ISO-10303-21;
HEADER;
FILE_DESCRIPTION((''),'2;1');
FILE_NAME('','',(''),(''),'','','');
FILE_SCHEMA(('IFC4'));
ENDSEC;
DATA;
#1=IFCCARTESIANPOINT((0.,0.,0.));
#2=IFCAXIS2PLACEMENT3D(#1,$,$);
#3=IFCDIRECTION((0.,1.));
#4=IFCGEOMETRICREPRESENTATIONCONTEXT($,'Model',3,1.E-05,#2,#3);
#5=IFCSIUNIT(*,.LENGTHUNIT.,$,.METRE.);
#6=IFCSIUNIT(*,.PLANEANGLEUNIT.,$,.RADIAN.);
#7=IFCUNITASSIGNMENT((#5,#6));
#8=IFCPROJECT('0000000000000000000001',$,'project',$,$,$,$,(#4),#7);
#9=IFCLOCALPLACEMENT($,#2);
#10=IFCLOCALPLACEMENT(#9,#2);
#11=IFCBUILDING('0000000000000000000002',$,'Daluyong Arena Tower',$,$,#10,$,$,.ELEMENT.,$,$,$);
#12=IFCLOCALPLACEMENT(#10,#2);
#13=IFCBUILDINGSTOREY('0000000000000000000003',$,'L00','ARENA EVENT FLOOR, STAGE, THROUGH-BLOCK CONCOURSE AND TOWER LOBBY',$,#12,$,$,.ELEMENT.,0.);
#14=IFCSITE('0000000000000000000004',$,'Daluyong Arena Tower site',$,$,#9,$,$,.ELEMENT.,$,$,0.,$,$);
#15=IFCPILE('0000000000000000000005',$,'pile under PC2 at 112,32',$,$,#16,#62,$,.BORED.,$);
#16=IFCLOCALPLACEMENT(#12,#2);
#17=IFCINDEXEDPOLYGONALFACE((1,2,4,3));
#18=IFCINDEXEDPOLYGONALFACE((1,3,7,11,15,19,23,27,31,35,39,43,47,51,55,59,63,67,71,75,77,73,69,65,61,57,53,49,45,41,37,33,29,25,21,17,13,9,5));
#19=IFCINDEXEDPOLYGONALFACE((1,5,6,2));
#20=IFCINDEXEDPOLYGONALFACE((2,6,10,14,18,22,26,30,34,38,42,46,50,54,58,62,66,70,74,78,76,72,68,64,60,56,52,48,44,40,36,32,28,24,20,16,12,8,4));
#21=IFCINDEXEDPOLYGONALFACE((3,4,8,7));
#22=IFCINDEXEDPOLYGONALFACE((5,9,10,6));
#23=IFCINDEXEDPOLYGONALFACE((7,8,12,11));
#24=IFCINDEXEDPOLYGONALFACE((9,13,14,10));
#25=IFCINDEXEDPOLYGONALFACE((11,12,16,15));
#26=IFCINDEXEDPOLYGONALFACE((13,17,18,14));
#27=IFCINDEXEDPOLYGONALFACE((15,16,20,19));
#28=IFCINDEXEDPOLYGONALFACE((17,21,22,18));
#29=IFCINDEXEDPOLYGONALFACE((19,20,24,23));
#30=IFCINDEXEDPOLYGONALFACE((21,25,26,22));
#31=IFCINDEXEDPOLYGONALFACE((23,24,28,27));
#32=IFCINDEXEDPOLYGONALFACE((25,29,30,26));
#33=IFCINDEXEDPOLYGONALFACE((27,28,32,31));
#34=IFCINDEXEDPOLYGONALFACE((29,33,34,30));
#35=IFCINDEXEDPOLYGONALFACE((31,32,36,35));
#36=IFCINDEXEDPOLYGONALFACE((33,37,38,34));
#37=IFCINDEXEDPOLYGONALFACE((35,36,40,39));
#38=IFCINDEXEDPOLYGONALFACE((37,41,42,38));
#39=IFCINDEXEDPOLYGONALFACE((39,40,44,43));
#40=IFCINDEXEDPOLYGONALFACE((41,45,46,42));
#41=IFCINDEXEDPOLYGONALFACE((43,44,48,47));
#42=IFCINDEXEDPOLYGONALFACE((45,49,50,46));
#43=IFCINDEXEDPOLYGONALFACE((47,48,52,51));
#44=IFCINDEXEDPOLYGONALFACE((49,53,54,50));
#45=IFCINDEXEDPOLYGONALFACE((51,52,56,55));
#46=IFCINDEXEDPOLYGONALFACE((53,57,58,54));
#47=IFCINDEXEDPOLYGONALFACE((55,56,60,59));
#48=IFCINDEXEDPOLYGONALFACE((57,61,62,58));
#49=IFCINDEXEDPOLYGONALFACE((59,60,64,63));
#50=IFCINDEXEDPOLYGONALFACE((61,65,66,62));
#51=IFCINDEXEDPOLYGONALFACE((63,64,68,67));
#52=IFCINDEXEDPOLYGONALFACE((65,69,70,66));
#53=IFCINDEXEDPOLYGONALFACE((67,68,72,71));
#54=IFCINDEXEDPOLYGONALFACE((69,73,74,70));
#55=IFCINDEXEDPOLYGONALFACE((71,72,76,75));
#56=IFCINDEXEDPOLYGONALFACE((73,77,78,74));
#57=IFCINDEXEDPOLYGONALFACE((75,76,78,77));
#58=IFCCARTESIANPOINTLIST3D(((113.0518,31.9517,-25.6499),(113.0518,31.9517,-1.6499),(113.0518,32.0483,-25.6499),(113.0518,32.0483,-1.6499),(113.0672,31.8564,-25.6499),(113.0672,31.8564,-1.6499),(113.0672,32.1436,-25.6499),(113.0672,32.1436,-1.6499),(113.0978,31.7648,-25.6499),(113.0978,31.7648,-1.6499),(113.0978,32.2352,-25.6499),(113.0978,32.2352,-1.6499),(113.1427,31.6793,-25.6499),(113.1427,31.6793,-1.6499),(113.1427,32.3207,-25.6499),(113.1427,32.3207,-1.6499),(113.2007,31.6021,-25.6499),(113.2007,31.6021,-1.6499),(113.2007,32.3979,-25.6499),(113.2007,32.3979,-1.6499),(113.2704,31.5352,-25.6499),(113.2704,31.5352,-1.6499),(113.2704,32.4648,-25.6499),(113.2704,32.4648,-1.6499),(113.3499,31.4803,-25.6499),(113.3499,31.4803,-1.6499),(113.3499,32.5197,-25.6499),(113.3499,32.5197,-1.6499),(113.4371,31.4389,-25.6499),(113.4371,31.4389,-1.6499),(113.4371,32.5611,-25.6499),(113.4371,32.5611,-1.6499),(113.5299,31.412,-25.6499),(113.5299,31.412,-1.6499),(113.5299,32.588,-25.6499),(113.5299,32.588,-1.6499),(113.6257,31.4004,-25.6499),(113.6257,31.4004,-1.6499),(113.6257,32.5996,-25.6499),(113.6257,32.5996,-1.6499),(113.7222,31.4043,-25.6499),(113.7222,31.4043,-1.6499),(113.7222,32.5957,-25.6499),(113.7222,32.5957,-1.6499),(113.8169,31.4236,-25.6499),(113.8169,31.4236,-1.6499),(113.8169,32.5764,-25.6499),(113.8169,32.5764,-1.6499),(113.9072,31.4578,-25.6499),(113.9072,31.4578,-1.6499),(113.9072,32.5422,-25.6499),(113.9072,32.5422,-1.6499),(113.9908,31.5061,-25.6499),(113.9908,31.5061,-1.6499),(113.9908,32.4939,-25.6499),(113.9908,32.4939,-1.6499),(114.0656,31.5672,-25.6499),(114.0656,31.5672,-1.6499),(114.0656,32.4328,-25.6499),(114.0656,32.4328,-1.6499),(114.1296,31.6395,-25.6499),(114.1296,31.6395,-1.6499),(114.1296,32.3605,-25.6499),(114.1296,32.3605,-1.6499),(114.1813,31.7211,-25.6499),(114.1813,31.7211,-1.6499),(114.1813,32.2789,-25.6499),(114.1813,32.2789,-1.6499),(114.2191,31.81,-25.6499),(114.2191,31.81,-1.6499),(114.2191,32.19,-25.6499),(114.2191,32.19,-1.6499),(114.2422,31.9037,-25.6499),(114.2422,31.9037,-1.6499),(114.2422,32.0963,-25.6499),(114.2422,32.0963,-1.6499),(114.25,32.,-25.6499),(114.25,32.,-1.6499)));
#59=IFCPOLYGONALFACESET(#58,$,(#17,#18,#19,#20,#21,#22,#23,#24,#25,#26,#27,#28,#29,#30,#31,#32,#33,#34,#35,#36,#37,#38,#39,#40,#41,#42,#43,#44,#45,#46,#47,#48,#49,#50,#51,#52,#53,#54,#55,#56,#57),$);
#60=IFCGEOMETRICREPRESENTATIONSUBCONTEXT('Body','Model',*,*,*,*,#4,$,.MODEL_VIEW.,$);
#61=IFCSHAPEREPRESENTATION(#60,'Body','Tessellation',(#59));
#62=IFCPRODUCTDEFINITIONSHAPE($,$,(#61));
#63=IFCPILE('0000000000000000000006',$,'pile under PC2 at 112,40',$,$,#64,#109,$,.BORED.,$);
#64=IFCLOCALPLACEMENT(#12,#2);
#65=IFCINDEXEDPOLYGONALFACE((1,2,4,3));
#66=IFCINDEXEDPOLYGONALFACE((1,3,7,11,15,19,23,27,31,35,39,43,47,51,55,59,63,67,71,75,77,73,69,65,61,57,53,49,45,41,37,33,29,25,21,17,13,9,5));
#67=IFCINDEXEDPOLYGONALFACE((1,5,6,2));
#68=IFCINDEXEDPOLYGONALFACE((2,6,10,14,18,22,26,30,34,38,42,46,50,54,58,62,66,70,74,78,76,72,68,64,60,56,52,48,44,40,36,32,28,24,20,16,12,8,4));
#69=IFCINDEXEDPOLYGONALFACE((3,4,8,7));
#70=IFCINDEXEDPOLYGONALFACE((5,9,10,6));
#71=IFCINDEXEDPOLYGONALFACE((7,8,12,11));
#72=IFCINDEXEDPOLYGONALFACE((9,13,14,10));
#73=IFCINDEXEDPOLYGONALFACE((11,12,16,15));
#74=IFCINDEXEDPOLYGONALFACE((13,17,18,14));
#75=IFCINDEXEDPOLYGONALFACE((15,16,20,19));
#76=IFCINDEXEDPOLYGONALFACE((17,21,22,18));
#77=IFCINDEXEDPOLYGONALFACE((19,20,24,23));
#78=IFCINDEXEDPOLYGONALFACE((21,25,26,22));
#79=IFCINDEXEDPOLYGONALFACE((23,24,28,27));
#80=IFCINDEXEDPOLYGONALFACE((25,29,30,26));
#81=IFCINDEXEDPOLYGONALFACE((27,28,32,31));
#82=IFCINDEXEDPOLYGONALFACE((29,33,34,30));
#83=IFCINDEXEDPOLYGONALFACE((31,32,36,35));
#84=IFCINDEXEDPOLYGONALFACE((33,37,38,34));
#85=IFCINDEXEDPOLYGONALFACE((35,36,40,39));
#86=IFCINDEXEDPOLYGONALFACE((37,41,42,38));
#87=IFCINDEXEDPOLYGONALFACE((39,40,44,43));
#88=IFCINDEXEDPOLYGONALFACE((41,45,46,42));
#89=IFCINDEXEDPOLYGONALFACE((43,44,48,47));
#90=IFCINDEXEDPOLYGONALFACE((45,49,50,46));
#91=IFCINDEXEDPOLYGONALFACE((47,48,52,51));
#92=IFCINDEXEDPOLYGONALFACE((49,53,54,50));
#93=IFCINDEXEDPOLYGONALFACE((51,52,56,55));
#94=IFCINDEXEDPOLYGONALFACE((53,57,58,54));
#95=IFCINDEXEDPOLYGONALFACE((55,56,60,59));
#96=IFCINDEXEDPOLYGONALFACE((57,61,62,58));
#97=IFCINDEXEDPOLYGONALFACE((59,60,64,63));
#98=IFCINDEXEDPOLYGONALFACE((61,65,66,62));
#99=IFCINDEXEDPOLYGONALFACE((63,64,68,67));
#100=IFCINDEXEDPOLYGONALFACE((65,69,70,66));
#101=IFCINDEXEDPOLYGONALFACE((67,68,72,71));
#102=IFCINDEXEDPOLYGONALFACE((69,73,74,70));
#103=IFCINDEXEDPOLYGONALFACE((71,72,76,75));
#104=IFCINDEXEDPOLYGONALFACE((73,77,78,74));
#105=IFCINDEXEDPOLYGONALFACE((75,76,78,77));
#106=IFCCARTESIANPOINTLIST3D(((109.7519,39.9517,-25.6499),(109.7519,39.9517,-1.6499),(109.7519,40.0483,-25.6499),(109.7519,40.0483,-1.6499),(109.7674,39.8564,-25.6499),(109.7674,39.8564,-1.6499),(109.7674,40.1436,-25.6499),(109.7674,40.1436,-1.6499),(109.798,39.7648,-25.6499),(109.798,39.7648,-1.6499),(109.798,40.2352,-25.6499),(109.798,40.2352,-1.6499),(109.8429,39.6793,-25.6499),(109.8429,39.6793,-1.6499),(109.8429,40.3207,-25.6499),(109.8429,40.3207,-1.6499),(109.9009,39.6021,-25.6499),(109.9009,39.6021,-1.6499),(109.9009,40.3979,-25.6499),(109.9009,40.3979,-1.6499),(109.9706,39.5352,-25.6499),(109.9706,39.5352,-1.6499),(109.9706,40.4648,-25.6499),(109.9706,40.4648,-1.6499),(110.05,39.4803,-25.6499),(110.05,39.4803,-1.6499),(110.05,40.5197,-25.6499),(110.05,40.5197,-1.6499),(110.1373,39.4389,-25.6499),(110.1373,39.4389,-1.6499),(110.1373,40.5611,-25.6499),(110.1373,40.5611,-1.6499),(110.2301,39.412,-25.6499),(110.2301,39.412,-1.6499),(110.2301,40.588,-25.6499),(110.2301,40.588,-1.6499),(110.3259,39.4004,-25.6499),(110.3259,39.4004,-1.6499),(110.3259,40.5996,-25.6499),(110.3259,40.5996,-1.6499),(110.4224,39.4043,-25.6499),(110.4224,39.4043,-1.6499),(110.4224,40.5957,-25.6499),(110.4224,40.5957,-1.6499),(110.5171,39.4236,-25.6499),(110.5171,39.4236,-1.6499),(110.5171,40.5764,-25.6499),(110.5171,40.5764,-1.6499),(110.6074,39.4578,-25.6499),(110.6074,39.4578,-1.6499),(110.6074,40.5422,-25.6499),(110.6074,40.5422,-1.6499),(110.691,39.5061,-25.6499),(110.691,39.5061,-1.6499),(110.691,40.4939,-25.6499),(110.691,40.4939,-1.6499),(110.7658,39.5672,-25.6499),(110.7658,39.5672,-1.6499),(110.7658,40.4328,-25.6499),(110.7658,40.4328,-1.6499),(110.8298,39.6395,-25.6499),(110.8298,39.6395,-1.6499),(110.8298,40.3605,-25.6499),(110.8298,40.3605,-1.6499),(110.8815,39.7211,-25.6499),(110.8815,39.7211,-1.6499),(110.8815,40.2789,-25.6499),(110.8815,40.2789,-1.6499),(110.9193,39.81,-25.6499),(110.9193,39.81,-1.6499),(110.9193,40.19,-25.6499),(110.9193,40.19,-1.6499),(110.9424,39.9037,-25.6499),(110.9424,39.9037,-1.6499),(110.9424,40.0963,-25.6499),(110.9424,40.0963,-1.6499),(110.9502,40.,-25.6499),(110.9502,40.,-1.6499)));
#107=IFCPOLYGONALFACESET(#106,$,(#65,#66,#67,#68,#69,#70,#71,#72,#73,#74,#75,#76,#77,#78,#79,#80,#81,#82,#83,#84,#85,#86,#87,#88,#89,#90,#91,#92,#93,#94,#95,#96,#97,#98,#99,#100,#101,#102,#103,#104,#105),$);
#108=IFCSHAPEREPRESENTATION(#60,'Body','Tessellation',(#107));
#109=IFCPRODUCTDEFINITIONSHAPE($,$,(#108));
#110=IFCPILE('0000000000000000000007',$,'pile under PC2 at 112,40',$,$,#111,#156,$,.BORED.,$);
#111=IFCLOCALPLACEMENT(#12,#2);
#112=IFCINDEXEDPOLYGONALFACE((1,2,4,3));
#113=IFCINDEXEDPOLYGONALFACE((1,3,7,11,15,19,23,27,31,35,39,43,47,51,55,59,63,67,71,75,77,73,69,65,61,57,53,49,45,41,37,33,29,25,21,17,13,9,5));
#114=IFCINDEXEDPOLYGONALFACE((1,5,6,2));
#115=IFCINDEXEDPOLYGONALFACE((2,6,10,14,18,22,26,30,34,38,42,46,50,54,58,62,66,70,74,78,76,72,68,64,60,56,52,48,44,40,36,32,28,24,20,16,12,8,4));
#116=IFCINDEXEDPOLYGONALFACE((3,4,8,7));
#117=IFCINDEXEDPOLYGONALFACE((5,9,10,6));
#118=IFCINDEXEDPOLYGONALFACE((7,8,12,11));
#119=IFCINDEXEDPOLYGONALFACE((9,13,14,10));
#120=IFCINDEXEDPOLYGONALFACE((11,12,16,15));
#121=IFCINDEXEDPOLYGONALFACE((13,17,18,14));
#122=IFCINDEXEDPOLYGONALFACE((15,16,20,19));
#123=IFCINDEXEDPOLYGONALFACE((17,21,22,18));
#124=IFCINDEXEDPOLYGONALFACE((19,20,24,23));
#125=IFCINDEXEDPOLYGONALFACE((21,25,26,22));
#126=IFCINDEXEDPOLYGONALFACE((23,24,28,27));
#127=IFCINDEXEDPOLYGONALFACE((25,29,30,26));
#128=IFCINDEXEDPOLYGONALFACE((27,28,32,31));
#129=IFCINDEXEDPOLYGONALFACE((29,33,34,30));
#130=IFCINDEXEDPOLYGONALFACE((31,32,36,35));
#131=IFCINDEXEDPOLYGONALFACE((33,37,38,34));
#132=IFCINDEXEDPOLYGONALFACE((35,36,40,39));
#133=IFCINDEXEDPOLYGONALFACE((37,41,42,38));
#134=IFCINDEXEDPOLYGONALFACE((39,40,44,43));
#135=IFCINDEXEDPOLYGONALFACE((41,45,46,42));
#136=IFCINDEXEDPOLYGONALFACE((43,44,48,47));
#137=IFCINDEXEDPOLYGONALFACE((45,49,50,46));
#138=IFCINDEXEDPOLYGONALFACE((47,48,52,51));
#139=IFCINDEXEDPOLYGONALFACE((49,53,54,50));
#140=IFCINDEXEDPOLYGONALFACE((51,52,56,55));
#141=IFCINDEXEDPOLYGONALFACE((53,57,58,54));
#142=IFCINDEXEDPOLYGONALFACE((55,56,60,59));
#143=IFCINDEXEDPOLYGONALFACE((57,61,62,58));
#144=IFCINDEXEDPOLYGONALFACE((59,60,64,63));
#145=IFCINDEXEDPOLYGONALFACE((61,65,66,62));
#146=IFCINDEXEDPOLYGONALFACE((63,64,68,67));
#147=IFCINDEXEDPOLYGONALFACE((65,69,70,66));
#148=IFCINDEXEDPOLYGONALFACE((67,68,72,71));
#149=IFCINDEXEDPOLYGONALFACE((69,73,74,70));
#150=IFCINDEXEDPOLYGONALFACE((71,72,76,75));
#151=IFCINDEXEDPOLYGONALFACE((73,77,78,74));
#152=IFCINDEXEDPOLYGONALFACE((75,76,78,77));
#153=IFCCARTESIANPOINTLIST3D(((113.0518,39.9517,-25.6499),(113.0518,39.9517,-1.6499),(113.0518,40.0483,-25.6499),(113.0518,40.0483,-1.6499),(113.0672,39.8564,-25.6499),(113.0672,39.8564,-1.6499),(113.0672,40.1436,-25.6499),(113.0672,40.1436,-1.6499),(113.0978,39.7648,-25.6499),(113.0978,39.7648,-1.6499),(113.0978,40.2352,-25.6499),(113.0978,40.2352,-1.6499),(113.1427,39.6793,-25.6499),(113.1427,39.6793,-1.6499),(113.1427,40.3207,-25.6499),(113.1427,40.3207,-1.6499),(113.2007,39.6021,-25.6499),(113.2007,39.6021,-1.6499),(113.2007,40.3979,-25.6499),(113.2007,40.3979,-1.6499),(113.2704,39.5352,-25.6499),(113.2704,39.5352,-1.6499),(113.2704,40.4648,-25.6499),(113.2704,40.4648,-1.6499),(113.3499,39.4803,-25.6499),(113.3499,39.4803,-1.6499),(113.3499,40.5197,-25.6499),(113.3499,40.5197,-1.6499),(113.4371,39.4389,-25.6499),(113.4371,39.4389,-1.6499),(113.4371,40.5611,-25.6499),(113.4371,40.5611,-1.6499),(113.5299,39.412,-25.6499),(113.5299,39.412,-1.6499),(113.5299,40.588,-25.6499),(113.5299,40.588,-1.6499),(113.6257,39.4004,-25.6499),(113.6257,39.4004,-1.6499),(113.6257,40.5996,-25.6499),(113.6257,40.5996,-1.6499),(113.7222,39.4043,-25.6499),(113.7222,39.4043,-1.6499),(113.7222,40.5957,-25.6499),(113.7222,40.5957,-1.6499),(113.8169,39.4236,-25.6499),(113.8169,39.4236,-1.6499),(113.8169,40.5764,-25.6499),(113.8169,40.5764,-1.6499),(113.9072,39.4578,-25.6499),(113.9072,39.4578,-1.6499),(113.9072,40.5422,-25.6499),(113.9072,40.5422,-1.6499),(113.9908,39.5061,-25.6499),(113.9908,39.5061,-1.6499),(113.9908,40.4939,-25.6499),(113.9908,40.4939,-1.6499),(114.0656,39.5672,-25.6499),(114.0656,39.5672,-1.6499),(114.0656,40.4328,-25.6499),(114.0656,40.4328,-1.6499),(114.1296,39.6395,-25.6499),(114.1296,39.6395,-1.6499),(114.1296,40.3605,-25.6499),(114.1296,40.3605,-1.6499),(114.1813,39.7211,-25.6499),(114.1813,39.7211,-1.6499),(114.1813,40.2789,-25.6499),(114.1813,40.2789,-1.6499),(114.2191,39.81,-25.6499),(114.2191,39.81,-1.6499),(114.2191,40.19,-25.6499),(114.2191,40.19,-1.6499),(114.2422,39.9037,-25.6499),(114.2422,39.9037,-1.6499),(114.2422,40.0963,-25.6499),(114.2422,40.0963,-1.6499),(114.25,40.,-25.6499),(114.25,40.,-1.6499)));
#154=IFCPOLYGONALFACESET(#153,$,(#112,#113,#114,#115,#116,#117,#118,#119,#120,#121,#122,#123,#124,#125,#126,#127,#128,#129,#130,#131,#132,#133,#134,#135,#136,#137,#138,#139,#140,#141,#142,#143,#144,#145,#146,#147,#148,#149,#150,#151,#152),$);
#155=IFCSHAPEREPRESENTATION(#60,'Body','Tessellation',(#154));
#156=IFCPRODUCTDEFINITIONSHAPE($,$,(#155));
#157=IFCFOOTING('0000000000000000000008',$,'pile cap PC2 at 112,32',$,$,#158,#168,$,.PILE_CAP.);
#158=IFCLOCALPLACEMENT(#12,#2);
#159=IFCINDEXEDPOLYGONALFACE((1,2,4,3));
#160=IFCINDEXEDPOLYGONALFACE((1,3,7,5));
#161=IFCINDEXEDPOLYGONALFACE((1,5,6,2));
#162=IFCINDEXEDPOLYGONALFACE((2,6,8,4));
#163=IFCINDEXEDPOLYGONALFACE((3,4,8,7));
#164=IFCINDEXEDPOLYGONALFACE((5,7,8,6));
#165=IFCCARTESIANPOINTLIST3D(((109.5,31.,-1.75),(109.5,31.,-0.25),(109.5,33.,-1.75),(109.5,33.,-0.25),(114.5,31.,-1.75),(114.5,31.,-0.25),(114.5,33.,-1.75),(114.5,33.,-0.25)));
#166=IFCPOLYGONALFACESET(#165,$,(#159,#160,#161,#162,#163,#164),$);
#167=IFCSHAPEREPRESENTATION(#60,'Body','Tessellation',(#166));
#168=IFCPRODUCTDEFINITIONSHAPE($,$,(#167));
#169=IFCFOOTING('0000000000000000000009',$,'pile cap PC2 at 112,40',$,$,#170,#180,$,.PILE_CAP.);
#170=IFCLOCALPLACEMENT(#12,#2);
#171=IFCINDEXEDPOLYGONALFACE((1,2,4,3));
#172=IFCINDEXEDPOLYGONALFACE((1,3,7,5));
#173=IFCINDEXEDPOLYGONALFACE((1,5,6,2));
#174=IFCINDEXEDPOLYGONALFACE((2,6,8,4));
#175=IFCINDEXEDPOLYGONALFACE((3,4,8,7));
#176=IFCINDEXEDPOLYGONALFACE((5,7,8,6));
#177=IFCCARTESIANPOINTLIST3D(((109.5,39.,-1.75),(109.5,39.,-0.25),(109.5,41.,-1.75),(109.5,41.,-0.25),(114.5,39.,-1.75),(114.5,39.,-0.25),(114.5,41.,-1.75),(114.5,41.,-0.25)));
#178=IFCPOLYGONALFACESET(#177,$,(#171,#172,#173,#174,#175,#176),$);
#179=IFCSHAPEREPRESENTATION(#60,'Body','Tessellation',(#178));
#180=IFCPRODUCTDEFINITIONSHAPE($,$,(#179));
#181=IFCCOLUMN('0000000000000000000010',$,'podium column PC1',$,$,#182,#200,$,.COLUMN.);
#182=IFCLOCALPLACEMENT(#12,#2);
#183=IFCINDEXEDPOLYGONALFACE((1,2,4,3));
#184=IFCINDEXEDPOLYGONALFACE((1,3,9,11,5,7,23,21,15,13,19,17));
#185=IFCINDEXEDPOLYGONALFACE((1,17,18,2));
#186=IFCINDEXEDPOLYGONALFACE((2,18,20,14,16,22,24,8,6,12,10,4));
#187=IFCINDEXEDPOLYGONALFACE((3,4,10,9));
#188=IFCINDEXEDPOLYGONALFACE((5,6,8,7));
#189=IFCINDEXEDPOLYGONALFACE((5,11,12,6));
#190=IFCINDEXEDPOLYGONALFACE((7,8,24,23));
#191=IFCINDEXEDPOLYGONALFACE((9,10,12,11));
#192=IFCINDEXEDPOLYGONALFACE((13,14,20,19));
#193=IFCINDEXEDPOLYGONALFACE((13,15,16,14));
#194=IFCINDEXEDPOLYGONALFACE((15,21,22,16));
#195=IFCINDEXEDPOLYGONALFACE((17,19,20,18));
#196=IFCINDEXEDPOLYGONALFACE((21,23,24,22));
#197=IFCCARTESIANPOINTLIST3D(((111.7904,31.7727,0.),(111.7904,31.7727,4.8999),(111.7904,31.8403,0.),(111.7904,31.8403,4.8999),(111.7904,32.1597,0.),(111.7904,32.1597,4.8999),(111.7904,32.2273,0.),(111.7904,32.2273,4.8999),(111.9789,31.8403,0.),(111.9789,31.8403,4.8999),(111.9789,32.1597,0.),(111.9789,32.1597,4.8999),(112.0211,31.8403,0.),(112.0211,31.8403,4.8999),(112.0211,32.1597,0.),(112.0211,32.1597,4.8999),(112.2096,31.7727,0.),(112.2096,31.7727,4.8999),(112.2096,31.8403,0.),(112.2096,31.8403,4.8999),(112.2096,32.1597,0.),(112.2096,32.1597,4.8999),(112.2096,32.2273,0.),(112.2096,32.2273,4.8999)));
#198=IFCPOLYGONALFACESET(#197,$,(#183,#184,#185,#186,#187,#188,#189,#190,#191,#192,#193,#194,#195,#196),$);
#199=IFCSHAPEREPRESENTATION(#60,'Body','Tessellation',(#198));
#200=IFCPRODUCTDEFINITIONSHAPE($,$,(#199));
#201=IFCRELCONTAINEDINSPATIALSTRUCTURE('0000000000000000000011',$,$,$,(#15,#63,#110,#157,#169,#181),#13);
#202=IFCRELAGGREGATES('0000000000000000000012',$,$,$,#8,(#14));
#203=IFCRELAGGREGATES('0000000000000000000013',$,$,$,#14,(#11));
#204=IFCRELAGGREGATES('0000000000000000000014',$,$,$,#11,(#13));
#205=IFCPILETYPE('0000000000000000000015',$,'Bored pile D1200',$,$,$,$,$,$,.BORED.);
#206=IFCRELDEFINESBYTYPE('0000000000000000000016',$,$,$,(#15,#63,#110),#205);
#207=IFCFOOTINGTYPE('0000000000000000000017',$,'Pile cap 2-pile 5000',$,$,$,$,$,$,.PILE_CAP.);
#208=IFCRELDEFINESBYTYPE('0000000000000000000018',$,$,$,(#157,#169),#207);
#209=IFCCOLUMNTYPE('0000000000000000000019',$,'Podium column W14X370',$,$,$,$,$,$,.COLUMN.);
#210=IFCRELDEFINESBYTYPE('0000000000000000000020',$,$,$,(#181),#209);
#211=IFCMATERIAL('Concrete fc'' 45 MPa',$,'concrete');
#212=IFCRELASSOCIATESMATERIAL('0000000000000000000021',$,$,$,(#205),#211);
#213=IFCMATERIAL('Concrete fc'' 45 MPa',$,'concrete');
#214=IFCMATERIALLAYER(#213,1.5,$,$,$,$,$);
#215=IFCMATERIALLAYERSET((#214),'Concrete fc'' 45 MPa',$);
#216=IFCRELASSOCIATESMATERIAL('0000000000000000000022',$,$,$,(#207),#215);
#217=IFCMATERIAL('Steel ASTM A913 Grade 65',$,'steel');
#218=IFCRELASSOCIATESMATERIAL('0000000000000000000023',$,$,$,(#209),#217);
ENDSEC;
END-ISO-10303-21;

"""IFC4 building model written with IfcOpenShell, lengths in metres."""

from ifc_helpers import new_model, si_unit, direction, frame, origin, origin_2d, place, context, subcontext, project, spatial, rectangle, circle, i_section, extrude, material, layer, layer_set, material_profile, profile_set, type_object, element, save


model = new_model("IFC4")

# Units and contexts
model_context = context("Model", 3, precision=1e-05, world=origin(), true_north=direction((0.0, 1.0)))
body_context = subcontext(model_context, "Body", "Model", "MODEL_VIEW")
ifc_project = project(units=[si_unit("LENGTHUNIT", "METRE"), si_unit("PLANEANGLEUNIT", "RADIAN")], contexts=[model_context])

# Site, building, storey
site_placement = place(None, origin())
site = spatial("IfcSite", under=ifc_project, at=site_placement, Name="Daluyong Arena Tower site", CompositionType="ELEMENT", RefElevation=0.0)
building_placement = place(site_placement, origin())
building = spatial("IfcBuilding", under=site, at=building_placement, Name="Daluyong Arena Tower", CompositionType="ELEMENT")
storey_placement = place(building_placement, origin())
storey = spatial("IfcBuildingStorey", under=building, at=storey_placement, Name="L00", Description="ARENA EVENT FLOOR, STAGE, THROUGH-BLOCK CONCOURSE AND TOWER LOBBY", CompositionType="ELEMENT", Elevation=0.0)

# Piles
ifc_material_1 = material(Name="Concrete fc' 45 MPa", Category="concrete")
pile_type = type_object("IfcPileType", Name="Bored pile D1200", PredefinedType="BORED", material=ifc_material_1)
for number, where, z_axis, x_axis, name in (
    (1, (113.6499, 32.0, -1.6499), (0.0, 0.0, -1.0), (1.0, 0.0, 0.0), "pile under PC2 at 112,32"),
    (2, (110.3501, 40.0, -1.6499), (0.0, 0.0, -1.0), (1.0, 0.0, 0.0), "pile under PC2 at 112,40"),
    (3, (113.6499, 40.0, -1.6499), (0.0, 0.0, -1.0), (1.0, 0.0, 0.0), "pile under PC2 at 112,40"),
):
    element("IfcPile", number, at=place(storey_placement, frame(where, z_axis=z_axis, x_axis=x_axis)), inside=storey, type_object=pile_type, Name=name, PredefinedType="BORED", context=body_context, shape_type="SweptSolid", body=[
        extrude(circle(Radius=0.6001, at=origin_2d()), origin(), (0.0, 0.0, 1.0), 24.0),
    ])

# Footings
ifc_material_2 = material(Name="Concrete fc' 45 MPa", Category="concrete")
ifc_layer_1 = layer(ifc_material_2, 1.5)
ifc_layer_set_1 = layer_set([ifc_layer_1], Name="Concrete fc' 45 MPa")
footing_type = type_object("IfcFootingType", Name="Pile cap 2-pile 5000", PredefinedType="PILE_CAP", material=ifc_layer_set_1)
for number, where, z_axis, x_axis, name in (
    (4, (112.0, 32.0, -1.75), (0.0, 0.0, 1.0), (1.0, 0.0, 0.0), "pile cap PC2 at 112,32"),
    (5, (112.0, 40.0, -1.75), (0.0, 0.0, 1.0), (1.0, 0.0, 0.0), "pile cap PC2 at 112,40"),
):
    element("IfcFooting", number, at=place(storey_placement, frame(where, z_axis=z_axis, x_axis=x_axis)), inside=storey, type_object=footing_type, Name=name, PredefinedType="PILE_CAP", context=body_context, shape_type="SweptSolid", body=[
        extrude(rectangle(XDim=5.0, YDim=2.0, at=origin_2d()), origin(), (0.0, 0.0, 1.0), 1.5),
    ])

# Column
ifc_material_3 = material(Name="Steel ASTM A913 Grade 65", Category="steel")
ifc_material_profile = material_profile(ifc_material_3, i_section(OverallWidth=0.4192, OverallDepth=0.4546, WebThickness=0.0422, FlangeThickness=0.0676, at=origin_2d()))
ifc_profile_set = profile_set([ifc_material_profile], Name="Steel ASTM A913 Grade 65")
column_type = type_object("IfcColumnType", Name="Podium column W14X370", PredefinedType="COLUMN", material=ifc_profile_set)
for number, where, z_axis, x_axis, name in (
    (6, (112.0, 32.0, 0.0), (0.0, 0.0, 1.0), (1.0, 0.0, 0.0), "podium column PC1"),
):
    element("IfcColumn", number, at=place(storey_placement, frame(where, z_axis=z_axis, x_axis=x_axis)), inside=storey, type_object=column_type, Name=name, PredefinedType="COLUMN", context=body_context, shape_type="SweptSolid", body=[
        extrude(i_section(OverallWidth=0.4192, OverallDepth=0.4546, WebThickness=0.0422, FlangeThickness=0.0676, at=origin_2d()), origin(), (0.0, 0.0, 1.0), 4.8999),
    ])

save(model, "model.ifc")
